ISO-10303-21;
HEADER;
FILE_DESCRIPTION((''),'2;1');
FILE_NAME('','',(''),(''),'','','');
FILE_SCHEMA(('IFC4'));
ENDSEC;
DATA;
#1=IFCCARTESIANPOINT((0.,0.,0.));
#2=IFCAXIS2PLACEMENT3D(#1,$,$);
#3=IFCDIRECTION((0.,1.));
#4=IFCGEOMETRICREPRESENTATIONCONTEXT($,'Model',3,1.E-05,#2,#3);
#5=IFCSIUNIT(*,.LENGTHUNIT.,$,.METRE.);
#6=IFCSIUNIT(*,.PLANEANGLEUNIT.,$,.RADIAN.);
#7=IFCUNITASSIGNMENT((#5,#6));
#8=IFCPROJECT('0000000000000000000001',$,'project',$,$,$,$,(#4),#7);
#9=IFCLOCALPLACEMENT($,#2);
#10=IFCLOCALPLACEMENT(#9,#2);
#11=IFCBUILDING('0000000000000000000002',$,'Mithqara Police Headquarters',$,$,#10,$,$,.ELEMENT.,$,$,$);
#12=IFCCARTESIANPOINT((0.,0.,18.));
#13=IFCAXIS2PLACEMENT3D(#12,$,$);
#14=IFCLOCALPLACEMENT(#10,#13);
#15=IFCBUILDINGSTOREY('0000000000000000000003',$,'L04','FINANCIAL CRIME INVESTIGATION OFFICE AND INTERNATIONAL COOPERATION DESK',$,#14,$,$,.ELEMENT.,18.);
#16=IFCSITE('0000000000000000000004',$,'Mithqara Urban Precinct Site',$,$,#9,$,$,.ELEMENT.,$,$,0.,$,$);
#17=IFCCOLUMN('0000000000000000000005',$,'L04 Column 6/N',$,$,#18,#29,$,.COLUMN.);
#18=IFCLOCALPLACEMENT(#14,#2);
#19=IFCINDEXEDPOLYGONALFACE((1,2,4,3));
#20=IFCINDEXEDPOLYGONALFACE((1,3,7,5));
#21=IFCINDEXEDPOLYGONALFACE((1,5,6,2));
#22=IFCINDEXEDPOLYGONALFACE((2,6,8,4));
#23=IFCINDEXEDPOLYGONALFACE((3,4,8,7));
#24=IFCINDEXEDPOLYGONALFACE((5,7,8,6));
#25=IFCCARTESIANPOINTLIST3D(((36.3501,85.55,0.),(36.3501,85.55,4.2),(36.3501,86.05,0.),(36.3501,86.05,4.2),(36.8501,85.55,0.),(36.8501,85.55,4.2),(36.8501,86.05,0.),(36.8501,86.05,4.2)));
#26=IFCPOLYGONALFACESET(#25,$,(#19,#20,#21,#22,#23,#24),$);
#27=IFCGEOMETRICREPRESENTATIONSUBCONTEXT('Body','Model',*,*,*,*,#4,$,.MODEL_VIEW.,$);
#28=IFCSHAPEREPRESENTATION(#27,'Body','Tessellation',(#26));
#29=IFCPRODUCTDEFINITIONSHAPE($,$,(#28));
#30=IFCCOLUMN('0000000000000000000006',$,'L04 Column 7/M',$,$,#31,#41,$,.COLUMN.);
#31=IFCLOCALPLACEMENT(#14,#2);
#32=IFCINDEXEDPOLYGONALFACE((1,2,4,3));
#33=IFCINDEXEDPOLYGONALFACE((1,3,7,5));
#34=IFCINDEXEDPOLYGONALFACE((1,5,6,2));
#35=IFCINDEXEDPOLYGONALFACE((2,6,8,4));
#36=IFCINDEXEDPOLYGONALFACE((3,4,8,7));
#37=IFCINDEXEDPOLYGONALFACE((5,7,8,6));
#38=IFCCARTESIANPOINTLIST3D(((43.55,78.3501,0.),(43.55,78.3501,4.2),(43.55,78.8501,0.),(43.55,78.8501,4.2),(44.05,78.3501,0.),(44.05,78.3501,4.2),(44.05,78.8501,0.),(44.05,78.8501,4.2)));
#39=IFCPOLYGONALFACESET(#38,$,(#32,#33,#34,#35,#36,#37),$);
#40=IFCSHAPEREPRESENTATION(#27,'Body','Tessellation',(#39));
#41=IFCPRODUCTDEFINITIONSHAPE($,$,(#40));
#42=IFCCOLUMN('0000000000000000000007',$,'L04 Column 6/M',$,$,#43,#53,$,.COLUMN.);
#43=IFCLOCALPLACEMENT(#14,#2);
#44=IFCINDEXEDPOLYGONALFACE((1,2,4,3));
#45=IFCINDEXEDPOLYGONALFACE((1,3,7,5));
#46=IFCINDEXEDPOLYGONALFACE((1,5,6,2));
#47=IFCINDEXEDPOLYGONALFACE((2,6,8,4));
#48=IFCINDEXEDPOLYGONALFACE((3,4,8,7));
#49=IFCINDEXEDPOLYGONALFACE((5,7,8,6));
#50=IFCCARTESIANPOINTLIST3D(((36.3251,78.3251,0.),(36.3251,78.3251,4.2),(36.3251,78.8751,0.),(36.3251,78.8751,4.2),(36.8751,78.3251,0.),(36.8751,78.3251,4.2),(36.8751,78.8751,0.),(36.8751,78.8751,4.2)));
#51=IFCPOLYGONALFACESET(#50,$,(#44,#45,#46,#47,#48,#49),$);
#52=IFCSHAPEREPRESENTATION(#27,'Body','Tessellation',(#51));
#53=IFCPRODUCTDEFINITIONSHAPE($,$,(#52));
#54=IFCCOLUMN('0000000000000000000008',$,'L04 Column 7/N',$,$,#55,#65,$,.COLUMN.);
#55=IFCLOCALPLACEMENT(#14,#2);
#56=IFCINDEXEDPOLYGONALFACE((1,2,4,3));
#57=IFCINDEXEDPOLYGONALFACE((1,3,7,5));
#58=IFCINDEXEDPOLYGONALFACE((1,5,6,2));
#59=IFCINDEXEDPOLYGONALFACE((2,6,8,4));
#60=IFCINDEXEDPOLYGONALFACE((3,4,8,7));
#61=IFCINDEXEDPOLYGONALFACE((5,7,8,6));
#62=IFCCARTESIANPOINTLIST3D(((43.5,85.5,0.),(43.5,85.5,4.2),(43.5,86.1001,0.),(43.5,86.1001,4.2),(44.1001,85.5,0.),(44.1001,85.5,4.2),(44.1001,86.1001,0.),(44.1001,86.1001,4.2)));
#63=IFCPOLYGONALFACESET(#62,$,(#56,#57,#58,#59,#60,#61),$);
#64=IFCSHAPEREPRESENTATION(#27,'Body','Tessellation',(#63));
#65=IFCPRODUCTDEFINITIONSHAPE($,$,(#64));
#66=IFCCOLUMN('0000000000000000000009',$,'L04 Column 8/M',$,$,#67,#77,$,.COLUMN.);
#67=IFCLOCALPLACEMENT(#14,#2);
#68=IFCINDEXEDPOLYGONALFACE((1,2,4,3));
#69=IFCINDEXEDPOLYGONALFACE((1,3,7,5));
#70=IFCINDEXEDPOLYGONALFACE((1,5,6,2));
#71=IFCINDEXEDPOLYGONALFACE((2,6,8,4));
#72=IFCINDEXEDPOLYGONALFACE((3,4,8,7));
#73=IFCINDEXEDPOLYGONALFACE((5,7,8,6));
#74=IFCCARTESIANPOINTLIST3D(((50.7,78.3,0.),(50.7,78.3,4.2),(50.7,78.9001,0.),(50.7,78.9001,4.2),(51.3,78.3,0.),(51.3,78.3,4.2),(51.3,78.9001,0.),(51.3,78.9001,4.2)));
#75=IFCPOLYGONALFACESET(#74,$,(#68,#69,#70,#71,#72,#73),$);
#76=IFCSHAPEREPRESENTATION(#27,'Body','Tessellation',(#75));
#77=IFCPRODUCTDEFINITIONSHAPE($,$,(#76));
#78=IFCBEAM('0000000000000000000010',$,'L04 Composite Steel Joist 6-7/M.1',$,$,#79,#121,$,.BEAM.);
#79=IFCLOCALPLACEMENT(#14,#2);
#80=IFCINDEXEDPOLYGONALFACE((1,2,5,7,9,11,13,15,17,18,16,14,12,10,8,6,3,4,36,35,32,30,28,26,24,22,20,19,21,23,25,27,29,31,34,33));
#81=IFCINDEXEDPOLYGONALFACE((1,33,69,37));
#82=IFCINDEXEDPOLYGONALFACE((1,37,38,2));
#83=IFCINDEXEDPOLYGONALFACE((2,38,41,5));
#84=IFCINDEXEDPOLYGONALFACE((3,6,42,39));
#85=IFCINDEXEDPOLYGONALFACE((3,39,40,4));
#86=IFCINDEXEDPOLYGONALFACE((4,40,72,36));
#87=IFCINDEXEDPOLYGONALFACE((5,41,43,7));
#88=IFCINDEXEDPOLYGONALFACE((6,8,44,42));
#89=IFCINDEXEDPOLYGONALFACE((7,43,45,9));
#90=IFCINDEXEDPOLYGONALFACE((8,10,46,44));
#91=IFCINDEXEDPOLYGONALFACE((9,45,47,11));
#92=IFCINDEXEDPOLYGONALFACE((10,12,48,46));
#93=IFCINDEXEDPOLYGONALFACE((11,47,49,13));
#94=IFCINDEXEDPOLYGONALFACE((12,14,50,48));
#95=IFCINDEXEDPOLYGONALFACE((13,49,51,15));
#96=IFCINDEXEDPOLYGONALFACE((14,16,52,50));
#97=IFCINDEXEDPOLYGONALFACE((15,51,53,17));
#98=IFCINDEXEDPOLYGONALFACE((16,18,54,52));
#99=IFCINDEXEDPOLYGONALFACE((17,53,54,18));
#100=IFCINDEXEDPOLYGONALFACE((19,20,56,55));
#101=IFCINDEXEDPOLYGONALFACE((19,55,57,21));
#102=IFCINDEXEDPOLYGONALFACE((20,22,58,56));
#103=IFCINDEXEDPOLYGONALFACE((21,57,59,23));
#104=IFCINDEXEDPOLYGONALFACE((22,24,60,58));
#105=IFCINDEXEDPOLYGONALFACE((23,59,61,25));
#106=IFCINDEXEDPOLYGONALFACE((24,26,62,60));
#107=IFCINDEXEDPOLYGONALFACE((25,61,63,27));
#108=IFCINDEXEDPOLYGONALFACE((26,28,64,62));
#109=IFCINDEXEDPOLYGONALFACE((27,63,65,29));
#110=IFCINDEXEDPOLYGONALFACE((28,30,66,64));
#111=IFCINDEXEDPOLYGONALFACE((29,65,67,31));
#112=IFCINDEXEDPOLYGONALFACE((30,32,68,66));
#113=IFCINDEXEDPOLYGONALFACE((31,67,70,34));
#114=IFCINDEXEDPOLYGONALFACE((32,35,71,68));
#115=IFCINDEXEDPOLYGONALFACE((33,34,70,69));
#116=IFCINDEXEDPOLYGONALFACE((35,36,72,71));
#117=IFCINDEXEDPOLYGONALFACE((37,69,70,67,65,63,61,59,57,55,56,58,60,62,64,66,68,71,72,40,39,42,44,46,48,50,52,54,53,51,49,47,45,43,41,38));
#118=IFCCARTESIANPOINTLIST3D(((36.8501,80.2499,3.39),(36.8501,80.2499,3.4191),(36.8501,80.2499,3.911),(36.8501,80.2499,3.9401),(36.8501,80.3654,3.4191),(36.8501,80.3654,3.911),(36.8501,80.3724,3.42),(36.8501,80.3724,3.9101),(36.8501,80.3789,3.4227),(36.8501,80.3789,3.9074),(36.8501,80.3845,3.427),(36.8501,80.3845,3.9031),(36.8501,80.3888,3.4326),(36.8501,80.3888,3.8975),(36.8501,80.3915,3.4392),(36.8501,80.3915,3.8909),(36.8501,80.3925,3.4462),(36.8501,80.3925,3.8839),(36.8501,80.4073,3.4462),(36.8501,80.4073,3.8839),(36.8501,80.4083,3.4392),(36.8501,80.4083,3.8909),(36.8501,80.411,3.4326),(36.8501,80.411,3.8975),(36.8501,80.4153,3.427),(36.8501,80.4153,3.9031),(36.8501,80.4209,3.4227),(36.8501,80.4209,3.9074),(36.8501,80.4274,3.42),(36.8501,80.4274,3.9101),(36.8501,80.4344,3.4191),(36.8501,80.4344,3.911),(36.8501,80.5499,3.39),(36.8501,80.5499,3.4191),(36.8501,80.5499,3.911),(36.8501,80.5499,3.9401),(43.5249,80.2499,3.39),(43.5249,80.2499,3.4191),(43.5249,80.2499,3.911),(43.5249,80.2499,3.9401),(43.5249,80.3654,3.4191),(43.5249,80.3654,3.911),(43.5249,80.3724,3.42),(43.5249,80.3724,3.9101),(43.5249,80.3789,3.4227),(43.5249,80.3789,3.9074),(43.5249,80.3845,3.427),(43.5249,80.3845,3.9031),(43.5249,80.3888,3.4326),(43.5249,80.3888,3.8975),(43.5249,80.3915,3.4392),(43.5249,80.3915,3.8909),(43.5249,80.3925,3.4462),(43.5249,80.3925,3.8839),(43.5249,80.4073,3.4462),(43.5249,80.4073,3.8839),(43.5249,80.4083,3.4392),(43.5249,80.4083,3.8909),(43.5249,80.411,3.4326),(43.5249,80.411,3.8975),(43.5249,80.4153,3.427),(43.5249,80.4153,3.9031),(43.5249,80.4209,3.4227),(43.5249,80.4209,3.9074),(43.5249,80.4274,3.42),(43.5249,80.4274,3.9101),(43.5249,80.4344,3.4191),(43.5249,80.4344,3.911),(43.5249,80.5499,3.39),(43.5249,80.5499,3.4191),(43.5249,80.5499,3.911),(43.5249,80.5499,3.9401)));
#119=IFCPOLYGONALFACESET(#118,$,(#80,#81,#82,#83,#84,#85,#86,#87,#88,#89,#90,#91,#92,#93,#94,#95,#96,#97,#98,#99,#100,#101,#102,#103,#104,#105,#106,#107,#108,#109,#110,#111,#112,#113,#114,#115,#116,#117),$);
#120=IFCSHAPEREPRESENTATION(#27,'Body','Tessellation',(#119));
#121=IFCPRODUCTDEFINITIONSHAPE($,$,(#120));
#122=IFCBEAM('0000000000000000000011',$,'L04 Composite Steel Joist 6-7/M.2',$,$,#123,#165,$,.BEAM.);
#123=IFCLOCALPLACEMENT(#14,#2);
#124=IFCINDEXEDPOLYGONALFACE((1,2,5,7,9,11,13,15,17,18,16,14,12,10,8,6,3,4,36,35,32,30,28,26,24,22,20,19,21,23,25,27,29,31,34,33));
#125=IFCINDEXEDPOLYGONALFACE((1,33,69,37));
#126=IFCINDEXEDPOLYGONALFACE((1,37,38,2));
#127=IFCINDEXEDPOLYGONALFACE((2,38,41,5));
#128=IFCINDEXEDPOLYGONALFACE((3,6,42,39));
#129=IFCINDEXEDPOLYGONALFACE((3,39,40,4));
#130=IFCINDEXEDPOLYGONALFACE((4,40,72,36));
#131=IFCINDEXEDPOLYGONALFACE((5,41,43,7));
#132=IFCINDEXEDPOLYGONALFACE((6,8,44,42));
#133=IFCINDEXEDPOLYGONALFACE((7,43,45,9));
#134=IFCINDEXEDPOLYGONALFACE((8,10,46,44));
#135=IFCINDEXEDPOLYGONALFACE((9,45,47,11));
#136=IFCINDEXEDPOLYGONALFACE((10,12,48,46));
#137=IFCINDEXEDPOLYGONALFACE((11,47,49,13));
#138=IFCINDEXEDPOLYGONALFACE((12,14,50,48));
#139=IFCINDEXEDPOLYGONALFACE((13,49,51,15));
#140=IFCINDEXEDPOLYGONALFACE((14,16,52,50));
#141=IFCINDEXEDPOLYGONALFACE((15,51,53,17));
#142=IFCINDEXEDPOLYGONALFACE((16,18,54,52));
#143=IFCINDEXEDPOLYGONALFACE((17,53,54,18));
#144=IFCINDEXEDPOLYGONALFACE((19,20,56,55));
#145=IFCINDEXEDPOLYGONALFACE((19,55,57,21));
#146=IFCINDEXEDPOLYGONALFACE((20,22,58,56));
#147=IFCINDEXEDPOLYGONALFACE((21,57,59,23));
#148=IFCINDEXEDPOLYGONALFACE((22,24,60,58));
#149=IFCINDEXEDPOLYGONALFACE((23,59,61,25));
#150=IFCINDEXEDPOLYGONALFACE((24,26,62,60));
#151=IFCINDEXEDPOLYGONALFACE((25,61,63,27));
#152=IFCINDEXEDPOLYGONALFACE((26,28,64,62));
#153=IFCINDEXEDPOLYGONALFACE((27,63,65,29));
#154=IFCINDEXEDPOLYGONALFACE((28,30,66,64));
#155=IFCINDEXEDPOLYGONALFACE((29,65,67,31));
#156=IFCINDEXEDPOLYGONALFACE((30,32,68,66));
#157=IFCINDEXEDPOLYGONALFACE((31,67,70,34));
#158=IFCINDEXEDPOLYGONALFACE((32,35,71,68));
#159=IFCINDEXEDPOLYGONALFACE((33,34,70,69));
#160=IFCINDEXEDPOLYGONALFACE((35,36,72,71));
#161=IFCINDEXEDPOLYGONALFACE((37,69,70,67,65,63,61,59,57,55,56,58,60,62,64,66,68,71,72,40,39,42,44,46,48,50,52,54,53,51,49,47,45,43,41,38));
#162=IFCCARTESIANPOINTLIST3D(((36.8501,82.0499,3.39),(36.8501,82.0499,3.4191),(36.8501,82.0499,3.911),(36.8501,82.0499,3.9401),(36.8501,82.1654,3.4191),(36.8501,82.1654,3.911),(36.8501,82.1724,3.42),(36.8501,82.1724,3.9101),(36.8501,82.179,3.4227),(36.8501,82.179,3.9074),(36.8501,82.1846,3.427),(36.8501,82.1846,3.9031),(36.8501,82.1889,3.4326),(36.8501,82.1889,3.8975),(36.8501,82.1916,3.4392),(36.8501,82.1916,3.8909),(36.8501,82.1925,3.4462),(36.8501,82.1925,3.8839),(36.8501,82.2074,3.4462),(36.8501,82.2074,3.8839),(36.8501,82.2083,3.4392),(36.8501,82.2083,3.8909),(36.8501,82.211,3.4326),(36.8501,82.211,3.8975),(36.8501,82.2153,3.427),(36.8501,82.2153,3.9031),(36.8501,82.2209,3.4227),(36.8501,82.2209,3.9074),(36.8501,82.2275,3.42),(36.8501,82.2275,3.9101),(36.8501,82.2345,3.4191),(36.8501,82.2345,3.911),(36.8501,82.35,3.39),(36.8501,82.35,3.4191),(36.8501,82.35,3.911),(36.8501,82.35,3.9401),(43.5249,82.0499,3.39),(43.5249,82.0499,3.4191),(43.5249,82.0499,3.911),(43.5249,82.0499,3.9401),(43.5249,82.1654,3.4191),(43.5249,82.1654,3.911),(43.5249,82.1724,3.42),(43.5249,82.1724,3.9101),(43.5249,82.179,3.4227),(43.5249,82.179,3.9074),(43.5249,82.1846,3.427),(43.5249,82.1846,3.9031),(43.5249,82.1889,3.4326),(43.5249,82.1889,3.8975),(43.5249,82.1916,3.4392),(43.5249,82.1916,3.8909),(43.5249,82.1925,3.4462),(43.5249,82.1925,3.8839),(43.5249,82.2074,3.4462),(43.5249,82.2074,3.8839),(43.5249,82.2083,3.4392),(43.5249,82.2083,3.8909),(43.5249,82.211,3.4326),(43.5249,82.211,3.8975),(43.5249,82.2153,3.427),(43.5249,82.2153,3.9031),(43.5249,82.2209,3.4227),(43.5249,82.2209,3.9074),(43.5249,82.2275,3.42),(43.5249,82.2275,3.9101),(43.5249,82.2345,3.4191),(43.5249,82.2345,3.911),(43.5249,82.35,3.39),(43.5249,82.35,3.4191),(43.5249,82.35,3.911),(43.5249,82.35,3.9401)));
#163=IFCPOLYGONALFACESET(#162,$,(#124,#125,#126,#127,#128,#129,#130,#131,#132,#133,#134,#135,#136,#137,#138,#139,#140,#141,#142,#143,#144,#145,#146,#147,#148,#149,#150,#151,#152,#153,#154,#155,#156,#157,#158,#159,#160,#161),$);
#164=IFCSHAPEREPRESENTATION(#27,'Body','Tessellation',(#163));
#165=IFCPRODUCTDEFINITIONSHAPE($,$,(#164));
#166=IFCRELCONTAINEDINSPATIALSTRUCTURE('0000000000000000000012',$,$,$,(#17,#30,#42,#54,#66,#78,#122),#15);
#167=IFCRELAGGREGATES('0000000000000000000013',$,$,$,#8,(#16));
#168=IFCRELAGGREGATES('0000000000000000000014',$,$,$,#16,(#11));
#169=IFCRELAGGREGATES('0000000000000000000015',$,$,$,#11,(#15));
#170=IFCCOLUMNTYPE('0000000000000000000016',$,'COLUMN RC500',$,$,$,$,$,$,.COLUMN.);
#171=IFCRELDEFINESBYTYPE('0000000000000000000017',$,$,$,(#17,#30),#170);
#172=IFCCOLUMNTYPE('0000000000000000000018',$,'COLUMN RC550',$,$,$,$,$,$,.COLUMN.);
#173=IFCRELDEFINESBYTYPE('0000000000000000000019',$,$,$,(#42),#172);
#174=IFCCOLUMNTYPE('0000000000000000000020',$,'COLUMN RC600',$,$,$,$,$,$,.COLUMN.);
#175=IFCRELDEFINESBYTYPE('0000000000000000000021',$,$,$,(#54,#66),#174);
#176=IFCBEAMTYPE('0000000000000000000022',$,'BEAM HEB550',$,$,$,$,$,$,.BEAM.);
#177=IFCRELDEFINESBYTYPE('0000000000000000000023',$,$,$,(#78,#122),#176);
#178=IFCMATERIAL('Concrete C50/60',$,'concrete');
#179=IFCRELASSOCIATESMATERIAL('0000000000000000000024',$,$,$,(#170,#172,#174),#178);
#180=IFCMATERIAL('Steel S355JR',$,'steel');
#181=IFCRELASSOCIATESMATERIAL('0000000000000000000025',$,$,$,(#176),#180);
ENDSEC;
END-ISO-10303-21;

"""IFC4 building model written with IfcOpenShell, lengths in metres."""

from ifc_helpers import new_model, si_unit, direction, frame, origin, origin_2d, place, context, subcontext, project, spatial, rectangle, i_section, extrude, material, material_profile, profile_set, type_object, element, save


model = new_model("IFC4")

# Units and contexts
model_context = context("Model", 3, precision=1e-05, world=origin(), true_north=direction((0.0, 1.0)))
body_context = subcontext(model_context, "Body", "Model", "MODEL_VIEW")
ifc_project = project(units=[si_unit("LENGTHUNIT", "METRE"), si_unit("PLANEANGLEUNIT", "RADIAN")], contexts=[model_context])

# Site, building, storey
site_placement = place(None, origin())
site = spatial("IfcSite", under=ifc_project, at=site_placement, Name="Mithqara Urban Precinct Site", CompositionType="ELEMENT", RefElevation=0.0)
building_placement = place(site_placement, origin())
building = spatial("IfcBuilding", under=site, at=building_placement, Name="Mithqara Police Headquarters", CompositionType="ELEMENT")
storey_placement = place(building_placement, frame((0.0, 0.0, 18.0)))
storey = spatial("IfcBuildingStorey", under=building, at=storey_placement, Name="L04", Description="FINANCIAL CRIME INVESTIGATION OFFICE AND INTERNATIONAL COOPERATION DESK", CompositionType="ELEMENT", Elevation=18.0)

# Columns
ifc_material_1 = material(Name="Concrete C50/60", Category="concrete")
ifc_material_profile_1 = material_profile(ifc_material_1, rectangle(XDim=0.5, YDim=0.5, at=origin_2d()), Name="RC 500x500")
ifc_profile_set_1 = profile_set([ifc_material_profile_1], Name="Concrete C50/60")
column_type_1 = type_object("IfcColumnType", Name="COLUMN RC500", PredefinedType="COLUMN", material=ifc_profile_set_1)
for number, where, z_axis, x_axis, name in (
    (1, (36.6001, 85.8, 0.0), (0.0, 0.0, 1.0), (1.0, 0.0, 0.0), "L04 Column 6/N"),
    (2, (43.8, 78.6001, 0.0), (0.0, 0.0, 1.0), (1.0, 0.0, 0.0), "L04 Column 7/M"),
):
    element("IfcColumn", number, at=place(storey_placement, frame(where, z_axis=z_axis, x_axis=x_axis)), inside=storey, type_object=column_type_1, Name=name, PredefinedType="COLUMN", context=body_context, shape_type="SweptSolid", body=[
        extrude(rectangle(XDim=0.5, YDim=0.5, at=origin_2d()), origin(), (0.0, 0.0, 1.0), 4.2),
    ])
ifc_material_profile_2 = material_profile(ifc_material_1, rectangle(XDim=0.55, YDim=0.55, at=origin_2d()), Name="RC 550x550")
ifc_profile_set_2 = profile_set([ifc_material_profile_2], Name="Concrete C50/60")
column_type_2 = type_object("IfcColumnType", Name="COLUMN RC550", PredefinedType="COLUMN", material=ifc_profile_set_2)
column_placement = place(storey_placement, frame((36.6001, 78.6001, 0.0), z_axis=(0.0, 0.0, 1.0), x_axis=(1.0, 0.0, 0.0)))
element("IfcColumn", 3, at=column_placement, inside=storey, type_object=column_type_2, Name="L04 Column 6/M", PredefinedType="COLUMN", context=body_context, shape_type="SweptSolid", body=[
    extrude(rectangle(XDim=0.55, YDim=0.55, at=origin_2d()), origin(), (0.0, 0.0, 1.0), 4.2),
])
ifc_material_profile_3 = material_profile(ifc_material_1, rectangle(XDim=0.6001, YDim=0.6001, at=origin_2d()), Name="RC 600x600")
ifc_profile_set_3 = profile_set([ifc_material_profile_3], Name="Concrete C50/60")
column_type_3 = type_object("IfcColumnType", Name="COLUMN RC600", PredefinedType="COLUMN", material=ifc_profile_set_3)
for number, where, z_axis, x_axis, name in (
    (4, (43.8, 85.8, 0.0), (0.0, 0.0, 1.0), (1.0, 0.0, 0.0), "L04 Column 7/N"),
    (5, (51.0, 78.6001, 0.0), (0.0, 0.0, 1.0), (1.0, 0.0, 0.0), "L04 Column 8/M"),
):
    element("IfcColumn", number, at=place(storey_placement, frame(where, z_axis=z_axis, x_axis=x_axis)), inside=storey, type_object=column_type_3, Name=name, PredefinedType="COLUMN", context=body_context, shape_type="SweptSolid", body=[
        extrude(rectangle(XDim=0.6001, YDim=0.6001, at=origin_2d()), origin(), (0.0, 0.0, 1.0), 4.2),
    ])

# Beams
ifc_material_2 = material(Name="Steel S355JR", Category="steel")
ifc_material_profile_4 = material_profile(ifc_material_2, i_section(OverallWidth=0.3, OverallDepth=0.55, WebThickness=0.0149, FlangeThickness=0.0291, FilletRadius=0.0271, at=origin_2d()), Name="HEB 550")
ifc_profile_set_4 = profile_set([ifc_material_profile_4], Name="Steel S355JR")
beam_type_1 = type_object("IfcBeamType", Name="BEAM HEB550", PredefinedType="BEAM", material=ifc_profile_set_4)
for number, where, z_axis, x_axis, name in (
    (6, (36.8501, 80.3999, 3.665), (1.0, 0.0, 0.0), (0.0, 1.0, 0.0), "L04 Composite Steel Joist 6-7/M.1"),
    (7, (36.8501, 82.2, 3.665), (1.0, 0.0, 0.0), (0.0, 1.0, 0.0), "L04 Composite Steel Joist 6-7/M.2"),
):
    element("IfcBeam", number, at=place(storey_placement, frame(where, z_axis=z_axis, x_axis=x_axis)), inside=storey, type_object=beam_type_1, Name=name, PredefinedType="BEAM", context=body_context, shape_type="SweptSolid", body=[
        extrude(i_section(OverallWidth=0.3, OverallDepth=0.55, WebThickness=0.0149, FlangeThickness=0.0291, FilletRadius=0.0271, at=origin_2d()), origin(), (0.0, 0.0, 1.0), 6.6748),
    ])

save(model, "model.ifc")
